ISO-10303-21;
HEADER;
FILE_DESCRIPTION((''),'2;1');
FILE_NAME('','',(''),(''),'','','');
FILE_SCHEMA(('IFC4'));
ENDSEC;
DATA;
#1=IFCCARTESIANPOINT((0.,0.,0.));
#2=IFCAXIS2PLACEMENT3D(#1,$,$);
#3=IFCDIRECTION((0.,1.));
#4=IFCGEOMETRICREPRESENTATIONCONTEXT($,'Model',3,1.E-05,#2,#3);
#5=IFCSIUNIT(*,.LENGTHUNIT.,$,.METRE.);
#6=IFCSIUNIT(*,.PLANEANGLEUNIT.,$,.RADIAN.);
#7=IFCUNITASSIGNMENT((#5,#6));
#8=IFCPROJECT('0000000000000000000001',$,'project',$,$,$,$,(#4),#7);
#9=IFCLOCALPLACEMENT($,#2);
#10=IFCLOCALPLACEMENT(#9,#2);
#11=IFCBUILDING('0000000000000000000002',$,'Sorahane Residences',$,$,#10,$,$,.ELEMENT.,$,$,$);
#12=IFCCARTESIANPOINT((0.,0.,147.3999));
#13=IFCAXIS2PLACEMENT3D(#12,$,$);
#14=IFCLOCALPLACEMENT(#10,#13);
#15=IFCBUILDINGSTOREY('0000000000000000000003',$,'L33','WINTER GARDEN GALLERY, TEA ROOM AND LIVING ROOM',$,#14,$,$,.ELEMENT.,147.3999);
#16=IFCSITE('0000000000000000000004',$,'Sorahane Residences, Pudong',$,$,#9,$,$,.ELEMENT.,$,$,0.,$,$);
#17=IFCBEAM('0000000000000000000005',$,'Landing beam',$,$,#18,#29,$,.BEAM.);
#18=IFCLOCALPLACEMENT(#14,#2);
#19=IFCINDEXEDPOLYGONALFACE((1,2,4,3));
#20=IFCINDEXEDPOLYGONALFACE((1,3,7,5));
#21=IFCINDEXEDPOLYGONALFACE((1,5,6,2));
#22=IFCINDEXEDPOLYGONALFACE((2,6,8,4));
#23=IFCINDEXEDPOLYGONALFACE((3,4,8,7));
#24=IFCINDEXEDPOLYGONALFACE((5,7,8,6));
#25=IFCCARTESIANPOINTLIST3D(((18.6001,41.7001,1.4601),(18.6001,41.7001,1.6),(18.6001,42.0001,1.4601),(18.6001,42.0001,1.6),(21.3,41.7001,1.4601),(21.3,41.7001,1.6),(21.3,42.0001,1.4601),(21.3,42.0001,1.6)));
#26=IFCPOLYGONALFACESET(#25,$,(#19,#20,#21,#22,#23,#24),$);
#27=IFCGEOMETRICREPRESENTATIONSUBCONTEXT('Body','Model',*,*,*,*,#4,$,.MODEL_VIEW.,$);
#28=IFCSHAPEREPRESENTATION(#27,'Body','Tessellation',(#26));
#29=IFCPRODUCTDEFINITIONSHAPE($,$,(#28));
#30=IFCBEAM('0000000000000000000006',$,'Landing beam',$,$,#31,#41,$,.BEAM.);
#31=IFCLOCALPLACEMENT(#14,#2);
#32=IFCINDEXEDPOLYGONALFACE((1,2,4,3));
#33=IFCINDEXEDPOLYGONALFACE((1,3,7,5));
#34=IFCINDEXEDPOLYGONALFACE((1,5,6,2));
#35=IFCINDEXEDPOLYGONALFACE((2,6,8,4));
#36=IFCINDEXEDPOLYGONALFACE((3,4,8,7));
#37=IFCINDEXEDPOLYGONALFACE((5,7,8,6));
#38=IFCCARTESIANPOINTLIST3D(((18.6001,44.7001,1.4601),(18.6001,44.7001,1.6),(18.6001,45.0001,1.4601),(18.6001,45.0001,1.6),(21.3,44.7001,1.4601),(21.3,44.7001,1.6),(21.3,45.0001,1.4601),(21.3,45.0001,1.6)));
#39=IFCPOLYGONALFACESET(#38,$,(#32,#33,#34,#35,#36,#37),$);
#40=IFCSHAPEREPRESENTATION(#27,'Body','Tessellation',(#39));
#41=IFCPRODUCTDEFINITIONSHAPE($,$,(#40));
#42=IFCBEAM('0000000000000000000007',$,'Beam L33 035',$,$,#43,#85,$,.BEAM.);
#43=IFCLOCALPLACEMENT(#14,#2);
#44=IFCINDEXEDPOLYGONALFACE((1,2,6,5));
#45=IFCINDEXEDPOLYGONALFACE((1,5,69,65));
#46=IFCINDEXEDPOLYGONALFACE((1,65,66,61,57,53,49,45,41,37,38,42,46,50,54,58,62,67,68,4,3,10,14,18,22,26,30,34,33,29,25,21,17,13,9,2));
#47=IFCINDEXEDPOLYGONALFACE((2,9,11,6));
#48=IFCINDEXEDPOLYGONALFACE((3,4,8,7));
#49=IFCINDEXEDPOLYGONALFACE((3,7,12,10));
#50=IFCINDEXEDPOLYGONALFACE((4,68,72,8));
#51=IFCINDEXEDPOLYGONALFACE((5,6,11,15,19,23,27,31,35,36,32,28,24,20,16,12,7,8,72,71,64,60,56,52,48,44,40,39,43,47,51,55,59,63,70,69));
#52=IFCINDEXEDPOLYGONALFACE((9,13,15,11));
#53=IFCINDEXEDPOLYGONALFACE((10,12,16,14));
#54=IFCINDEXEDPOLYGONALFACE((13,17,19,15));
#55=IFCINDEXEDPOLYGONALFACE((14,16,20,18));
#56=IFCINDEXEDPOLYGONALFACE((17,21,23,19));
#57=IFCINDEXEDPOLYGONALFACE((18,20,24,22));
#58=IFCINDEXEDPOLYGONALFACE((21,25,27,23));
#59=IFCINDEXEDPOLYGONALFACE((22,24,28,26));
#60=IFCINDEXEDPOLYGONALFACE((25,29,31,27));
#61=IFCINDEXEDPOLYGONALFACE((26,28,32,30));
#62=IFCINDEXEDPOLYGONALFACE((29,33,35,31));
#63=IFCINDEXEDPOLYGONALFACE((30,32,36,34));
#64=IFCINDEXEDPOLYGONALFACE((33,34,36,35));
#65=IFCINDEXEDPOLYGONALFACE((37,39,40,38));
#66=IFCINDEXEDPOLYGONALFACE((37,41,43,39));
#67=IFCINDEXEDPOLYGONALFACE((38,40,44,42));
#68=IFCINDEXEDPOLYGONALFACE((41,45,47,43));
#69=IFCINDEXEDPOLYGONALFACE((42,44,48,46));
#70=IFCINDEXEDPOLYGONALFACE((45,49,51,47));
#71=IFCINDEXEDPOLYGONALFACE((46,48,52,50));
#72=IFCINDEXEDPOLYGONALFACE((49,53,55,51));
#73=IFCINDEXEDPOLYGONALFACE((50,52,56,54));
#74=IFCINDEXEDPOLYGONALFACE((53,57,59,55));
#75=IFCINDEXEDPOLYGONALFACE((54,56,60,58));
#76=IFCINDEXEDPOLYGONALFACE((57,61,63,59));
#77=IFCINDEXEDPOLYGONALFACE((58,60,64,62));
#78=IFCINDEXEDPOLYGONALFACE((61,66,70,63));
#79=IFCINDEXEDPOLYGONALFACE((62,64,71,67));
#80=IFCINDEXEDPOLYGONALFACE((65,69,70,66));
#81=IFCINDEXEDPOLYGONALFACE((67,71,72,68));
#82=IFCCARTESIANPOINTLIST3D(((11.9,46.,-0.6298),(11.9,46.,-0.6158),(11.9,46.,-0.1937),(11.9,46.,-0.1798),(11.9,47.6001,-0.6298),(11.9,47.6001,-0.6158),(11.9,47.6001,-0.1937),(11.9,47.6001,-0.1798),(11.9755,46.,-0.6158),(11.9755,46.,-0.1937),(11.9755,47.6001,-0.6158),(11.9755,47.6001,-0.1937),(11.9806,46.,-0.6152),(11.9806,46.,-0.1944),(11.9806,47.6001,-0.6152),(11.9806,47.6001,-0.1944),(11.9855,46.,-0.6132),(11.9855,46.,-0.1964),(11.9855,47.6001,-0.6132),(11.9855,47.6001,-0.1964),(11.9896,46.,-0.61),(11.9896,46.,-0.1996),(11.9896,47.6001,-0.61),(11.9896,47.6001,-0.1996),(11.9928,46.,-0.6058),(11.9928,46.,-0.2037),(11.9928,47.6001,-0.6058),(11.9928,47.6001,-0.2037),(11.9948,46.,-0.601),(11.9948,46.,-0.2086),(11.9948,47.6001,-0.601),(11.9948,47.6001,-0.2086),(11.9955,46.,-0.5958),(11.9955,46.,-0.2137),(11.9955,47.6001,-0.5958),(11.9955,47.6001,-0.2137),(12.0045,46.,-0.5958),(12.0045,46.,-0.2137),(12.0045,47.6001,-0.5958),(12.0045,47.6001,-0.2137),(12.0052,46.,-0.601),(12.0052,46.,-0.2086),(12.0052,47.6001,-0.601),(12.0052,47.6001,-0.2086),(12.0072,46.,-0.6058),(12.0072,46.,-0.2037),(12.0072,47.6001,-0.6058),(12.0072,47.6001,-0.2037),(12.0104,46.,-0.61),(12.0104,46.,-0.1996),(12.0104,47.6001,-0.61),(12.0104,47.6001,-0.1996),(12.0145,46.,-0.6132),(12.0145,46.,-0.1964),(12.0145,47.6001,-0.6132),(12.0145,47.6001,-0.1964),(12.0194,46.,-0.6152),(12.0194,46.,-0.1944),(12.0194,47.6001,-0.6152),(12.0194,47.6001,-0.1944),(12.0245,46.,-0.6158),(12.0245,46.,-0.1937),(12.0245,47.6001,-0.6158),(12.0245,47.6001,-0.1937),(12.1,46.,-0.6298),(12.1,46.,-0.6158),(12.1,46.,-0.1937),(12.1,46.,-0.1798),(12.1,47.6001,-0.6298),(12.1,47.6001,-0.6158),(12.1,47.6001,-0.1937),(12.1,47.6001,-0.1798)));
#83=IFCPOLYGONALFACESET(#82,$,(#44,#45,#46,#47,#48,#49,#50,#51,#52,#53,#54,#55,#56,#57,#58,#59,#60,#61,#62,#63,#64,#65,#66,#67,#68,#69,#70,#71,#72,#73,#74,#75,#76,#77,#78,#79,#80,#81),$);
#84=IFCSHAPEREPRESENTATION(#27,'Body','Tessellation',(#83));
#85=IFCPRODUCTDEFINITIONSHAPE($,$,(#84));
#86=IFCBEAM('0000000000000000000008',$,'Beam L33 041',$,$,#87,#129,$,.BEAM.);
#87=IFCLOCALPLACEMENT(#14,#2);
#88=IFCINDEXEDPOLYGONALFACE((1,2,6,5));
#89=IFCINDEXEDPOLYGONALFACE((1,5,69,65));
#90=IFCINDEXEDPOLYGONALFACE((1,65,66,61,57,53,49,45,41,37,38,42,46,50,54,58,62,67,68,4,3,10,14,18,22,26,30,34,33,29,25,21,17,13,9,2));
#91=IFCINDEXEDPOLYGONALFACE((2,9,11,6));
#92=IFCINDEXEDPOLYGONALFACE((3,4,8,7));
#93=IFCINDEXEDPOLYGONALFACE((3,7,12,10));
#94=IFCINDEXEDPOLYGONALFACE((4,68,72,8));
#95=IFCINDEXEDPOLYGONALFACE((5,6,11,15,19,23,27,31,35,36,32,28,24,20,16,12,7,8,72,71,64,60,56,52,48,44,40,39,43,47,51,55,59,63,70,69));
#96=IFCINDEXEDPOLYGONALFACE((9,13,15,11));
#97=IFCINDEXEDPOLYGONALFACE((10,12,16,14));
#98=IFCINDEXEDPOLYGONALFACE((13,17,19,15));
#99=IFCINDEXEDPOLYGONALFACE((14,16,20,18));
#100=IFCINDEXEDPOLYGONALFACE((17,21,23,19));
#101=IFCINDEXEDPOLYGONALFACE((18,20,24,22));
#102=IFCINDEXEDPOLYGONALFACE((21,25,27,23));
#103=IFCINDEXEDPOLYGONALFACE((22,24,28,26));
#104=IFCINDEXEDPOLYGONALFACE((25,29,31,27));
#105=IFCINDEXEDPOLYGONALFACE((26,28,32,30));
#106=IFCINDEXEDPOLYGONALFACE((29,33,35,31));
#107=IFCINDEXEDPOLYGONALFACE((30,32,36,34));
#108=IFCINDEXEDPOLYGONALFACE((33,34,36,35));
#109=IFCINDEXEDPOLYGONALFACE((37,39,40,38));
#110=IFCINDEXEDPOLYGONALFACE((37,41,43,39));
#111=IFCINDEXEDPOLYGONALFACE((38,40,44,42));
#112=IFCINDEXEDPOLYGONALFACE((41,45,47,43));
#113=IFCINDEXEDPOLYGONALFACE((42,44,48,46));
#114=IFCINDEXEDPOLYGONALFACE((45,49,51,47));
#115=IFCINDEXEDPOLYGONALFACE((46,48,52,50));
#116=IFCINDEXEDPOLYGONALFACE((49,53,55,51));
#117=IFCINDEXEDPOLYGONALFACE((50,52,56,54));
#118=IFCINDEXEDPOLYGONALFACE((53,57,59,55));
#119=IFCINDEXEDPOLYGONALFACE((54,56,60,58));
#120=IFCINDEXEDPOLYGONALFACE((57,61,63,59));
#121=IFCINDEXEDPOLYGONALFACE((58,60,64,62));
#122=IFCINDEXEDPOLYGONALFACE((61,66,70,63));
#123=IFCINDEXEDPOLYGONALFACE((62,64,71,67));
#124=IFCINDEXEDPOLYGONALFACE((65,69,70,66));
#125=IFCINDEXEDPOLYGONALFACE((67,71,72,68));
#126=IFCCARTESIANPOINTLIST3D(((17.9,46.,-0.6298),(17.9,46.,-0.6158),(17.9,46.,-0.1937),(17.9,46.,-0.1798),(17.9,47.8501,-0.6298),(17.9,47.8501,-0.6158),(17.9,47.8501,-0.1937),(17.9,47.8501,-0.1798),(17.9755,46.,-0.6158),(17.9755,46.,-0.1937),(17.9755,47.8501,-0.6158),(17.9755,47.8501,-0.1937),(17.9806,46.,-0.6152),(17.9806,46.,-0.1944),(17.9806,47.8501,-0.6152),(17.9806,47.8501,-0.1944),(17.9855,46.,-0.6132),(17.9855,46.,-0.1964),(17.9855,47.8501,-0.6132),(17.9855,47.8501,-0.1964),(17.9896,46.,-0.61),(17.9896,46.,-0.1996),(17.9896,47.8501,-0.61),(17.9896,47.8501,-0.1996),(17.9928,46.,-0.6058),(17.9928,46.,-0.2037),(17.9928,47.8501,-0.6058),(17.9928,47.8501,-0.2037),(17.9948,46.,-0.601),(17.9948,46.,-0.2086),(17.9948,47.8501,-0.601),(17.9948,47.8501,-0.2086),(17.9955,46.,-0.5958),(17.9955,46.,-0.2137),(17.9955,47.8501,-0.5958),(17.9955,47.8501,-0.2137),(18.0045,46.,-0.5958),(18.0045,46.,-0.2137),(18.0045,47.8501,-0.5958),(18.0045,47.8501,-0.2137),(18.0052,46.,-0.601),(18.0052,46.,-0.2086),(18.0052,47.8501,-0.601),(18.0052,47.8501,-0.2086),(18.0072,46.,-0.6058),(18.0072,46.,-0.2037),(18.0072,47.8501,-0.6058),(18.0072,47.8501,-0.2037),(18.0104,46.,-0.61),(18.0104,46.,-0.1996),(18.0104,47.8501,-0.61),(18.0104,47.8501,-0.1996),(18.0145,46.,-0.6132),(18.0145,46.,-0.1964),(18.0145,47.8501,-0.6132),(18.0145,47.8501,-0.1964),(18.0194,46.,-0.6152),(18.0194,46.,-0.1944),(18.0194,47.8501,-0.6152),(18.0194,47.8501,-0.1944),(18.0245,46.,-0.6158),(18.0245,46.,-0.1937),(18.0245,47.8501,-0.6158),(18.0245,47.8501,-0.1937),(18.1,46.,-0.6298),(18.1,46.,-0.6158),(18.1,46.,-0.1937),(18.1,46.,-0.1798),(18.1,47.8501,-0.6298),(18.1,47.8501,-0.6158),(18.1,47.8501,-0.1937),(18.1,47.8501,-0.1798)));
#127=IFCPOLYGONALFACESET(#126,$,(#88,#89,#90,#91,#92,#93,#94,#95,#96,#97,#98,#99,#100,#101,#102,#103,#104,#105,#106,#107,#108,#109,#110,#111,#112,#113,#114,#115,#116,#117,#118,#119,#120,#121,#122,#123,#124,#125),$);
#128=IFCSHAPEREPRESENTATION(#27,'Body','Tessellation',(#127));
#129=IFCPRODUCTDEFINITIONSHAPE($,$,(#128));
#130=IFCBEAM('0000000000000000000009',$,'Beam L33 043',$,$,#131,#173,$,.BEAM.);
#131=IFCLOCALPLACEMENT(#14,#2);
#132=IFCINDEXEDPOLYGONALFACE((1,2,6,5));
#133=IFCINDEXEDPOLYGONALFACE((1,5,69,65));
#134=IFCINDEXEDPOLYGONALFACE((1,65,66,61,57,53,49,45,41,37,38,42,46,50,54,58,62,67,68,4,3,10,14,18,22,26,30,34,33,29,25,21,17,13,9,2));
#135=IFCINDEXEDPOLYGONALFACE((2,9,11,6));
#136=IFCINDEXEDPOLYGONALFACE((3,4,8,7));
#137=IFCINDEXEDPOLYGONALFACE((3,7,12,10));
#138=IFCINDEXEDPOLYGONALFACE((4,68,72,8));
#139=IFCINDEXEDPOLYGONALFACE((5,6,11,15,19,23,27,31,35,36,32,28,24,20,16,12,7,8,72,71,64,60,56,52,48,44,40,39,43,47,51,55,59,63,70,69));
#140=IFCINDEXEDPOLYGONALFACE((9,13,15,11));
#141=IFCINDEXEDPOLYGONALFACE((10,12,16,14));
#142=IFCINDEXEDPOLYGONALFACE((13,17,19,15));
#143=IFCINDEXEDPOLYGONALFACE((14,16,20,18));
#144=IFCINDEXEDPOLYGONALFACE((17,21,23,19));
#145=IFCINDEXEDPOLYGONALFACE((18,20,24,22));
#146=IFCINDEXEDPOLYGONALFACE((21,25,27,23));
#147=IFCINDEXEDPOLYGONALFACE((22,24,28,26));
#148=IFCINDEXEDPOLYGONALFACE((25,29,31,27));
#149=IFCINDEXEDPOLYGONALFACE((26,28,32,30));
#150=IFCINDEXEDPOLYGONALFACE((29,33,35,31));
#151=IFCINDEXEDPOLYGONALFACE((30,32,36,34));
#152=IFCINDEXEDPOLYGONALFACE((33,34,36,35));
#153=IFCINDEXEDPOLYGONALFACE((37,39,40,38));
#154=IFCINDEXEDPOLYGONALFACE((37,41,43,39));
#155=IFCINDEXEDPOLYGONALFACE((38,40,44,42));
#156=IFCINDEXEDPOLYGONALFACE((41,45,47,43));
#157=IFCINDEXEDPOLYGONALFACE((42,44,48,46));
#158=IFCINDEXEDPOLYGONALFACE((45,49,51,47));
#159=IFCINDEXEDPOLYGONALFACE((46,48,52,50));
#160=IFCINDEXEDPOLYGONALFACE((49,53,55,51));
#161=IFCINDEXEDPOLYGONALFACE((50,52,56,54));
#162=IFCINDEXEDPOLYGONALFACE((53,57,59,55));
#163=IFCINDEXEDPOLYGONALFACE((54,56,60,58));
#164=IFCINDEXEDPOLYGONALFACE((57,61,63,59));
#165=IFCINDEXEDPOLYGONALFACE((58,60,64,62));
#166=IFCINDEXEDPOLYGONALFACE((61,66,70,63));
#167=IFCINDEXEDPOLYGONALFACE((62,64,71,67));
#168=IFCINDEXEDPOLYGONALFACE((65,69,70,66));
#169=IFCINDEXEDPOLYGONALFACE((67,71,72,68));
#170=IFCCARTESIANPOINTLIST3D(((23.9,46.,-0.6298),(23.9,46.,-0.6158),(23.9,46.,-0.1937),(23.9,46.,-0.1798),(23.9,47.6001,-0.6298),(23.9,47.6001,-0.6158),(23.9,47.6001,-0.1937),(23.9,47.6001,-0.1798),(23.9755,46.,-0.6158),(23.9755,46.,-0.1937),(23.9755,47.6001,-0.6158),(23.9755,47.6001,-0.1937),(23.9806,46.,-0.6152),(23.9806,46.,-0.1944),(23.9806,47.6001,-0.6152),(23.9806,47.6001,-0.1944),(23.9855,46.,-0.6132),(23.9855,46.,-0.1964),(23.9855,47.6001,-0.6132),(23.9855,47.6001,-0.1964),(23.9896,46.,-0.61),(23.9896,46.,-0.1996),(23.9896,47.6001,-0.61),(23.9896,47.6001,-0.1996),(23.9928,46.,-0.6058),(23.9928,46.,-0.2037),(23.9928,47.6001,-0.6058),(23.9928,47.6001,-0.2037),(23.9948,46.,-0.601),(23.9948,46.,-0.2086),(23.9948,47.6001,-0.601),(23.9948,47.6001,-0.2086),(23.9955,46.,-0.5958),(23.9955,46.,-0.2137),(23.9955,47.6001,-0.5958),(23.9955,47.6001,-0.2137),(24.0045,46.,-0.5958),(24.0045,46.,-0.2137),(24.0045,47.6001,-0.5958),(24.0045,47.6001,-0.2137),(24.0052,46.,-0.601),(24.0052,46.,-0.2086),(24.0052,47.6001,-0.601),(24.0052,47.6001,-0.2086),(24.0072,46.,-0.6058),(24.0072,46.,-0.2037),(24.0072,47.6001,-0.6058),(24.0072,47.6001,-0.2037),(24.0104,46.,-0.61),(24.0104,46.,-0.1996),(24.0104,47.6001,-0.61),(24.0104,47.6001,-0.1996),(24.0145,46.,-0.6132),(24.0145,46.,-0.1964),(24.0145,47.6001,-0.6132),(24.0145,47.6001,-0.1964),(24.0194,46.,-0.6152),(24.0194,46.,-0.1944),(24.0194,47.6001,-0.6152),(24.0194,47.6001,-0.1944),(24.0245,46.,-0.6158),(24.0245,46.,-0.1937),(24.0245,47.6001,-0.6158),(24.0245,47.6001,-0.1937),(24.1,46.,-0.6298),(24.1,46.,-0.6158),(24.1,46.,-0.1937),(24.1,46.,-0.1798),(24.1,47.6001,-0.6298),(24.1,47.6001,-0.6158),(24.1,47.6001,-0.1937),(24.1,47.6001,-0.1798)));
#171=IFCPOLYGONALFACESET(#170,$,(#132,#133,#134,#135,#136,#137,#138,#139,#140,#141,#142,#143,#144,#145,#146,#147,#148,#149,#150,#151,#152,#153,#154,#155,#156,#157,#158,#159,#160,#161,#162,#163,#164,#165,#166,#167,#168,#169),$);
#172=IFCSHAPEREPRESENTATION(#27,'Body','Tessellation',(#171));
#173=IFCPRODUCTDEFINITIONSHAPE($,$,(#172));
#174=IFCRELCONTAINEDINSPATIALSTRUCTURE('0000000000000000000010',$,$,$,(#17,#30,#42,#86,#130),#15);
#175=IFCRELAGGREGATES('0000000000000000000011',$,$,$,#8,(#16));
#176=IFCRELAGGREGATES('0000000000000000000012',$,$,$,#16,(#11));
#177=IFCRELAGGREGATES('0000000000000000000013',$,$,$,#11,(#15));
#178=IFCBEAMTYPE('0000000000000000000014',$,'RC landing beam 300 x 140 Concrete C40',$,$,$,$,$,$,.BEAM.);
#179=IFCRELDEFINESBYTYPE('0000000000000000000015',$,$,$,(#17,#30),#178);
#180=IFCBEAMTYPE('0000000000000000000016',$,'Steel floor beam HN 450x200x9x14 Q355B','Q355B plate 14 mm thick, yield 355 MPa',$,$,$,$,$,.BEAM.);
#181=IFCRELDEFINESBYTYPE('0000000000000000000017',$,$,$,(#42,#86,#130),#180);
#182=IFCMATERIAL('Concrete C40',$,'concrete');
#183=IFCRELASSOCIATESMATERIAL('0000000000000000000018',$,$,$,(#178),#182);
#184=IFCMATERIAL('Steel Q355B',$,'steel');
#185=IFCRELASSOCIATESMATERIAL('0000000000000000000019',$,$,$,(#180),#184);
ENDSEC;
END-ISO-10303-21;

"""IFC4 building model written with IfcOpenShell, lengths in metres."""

from ifc_helpers import new_model, si_unit, direction, frame, origin, origin_2d, place, context, subcontext, project, spatial, rectangle, i_section, extrude, material, material_profile, profile_set, type_object, element, save


model = new_model("IFC4")

# Units and contexts
model_context = context("Model", 3, precision=1e-05, world=origin(), true_north=direction((0.0, 1.0)))
body_context = subcontext(model_context, "Body", "Model", "MODEL_VIEW")
ifc_project = project(units=[si_unit("LENGTHUNIT", "METRE"), si_unit("PLANEANGLEUNIT", "RADIAN")], contexts=[model_context])

# Site, building, storey
site_placement = place(None, origin())
site = spatial("IfcSite", under=ifc_project, at=site_placement, Name="Sorahane Residences, Pudong", CompositionType="ELEMENT", RefElevation=0.0)
building_placement = place(site_placement, origin())
building = spatial("IfcBuilding", under=site, at=building_placement, Name="Sorahane Residences", CompositionType="ELEMENT")
storey_placement = place(building_placement, frame((0.0, 0.0, 147.3999)))
storey = spatial("IfcBuildingStorey", under=building, at=storey_placement, Name="L33", Description="WINTER GARDEN GALLERY, TEA ROOM AND LIVING ROOM", CompositionType="ELEMENT", Elevation=147.3999)

# Beams
ifc_material_1 = material(Name="Concrete C40", Category="concrete")
ifc_material_profile_1 = material_profile(ifc_material_1, rectangle(XDim=0.3, YDim=0.1399, at=origin_2d()), Name="300x140")
ifc_profile_set_1 = profile_set([ifc_material_profile_1], Name="Concrete C40")
beam_type_1 = type_object("IfcBeamType", Name="RC landing beam 300 x 140 Concrete C40", PredefinedType="BEAM", material=ifc_profile_set_1)
for number, where, z_axis, x_axis, name in (
    (1, (18.6001, 41.8501, 1.53), (1.0, 0.0, 0.0), (0.0, 1.0, 0.0), "Landing beam"),
    (2, (18.6001, 44.8501, 1.53), (1.0, 0.0, 0.0), (0.0, 1.0, 0.0), "Landing beam"),
):
    element("IfcBeam", number, at=place(storey_placement, frame(where, z_axis=z_axis, x_axis=x_axis)), inside=storey, type_object=beam_type_1, Name=name, PredefinedType="BEAM", context=body_context, shape_type="SweptSolid", body=[
        extrude(rectangle(XDim=0.3, YDim=0.1399, at=origin_2d()), origin(), (0.0, 0.0, 1.0), 2.7),
    ])
ifc_material_2 = material(Name="Steel Q355B", Category="steel")
ifc_material_profile_2 = material_profile(ifc_material_2, i_section(OverallWidth=0.2, OverallDepth=0.45, WebThickness=0.009, FlangeThickness=0.0139, FilletRadius=0.02, at=origin_2d()), Name="HN 450x200x9x14")
ifc_profile_set_2 = profile_set([ifc_material_profile_2], Name="Steel Q355B")
beam_type_2 = type_object("IfcBeamType", Name="Steel floor beam HN 450x200x9x14 Q355B", Description="Q355B plate 14 mm thick, yield 355 MPa", PredefinedType="BEAM", material=ifc_profile_set_2)
beam_1_placement = place(storey_placement, frame((12.0, 46.0, -0.4048), z_axis=(0.0, 1.0, 0.0), x_axis=(-1.0, 0.0, 0.0)))
element("IfcBeam", 3, at=beam_1_placement, inside=storey, type_object=beam_type_2, Name="Beam L33 035", PredefinedType="BEAM", context=body_context, shape_type="SweptSolid", body=[
    extrude(i_section(OverallWidth=0.2, OverallDepth=0.45, WebThickness=0.009, FlangeThickness=0.0139, FilletRadius=0.02, at=origin_2d()), origin(), (0.0, 0.0, 1.0), 1.6001),
])
beam_2_placement = place(storey_placement, frame((18.0, 46.0, -0.4048), z_axis=(0.0, 1.0, 0.0), x_axis=(-1.0, 0.0, 0.0)))
element("IfcBeam", 4, at=beam_2_placement, inside=storey, type_object=beam_type_2, Name="Beam L33 041", PredefinedType="BEAM", context=body_context, shape_type="SweptSolid", body=[
    extrude(i_section(OverallWidth=0.2, OverallDepth=0.45, WebThickness=0.009, FlangeThickness=0.0139, FilletRadius=0.02, at=origin_2d()), origin(), (0.0, 0.0, 1.0), 1.8501),
])
beam_3_placement = place(storey_placement, frame((24.0, 46.0, -0.4048), z_axis=(0.0, 1.0, 0.0), x_axis=(-1.0, 0.0, 0.0)))
element("IfcBeam", 5, at=beam_3_placement, inside=storey, type_object=beam_type_2, Name="Beam L33 043", PredefinedType="BEAM", context=body_context, shape_type="SweptSolid", body=[
    extrude(i_section(OverallWidth=0.2, OverallDepth=0.45, WebThickness=0.009, FlangeThickness=0.0139, FilletRadius=0.02, at=origin_2d()), origin(), (0.0, 0.0, 1.0), 1.6001),
])

save(model, "model.ifc")
